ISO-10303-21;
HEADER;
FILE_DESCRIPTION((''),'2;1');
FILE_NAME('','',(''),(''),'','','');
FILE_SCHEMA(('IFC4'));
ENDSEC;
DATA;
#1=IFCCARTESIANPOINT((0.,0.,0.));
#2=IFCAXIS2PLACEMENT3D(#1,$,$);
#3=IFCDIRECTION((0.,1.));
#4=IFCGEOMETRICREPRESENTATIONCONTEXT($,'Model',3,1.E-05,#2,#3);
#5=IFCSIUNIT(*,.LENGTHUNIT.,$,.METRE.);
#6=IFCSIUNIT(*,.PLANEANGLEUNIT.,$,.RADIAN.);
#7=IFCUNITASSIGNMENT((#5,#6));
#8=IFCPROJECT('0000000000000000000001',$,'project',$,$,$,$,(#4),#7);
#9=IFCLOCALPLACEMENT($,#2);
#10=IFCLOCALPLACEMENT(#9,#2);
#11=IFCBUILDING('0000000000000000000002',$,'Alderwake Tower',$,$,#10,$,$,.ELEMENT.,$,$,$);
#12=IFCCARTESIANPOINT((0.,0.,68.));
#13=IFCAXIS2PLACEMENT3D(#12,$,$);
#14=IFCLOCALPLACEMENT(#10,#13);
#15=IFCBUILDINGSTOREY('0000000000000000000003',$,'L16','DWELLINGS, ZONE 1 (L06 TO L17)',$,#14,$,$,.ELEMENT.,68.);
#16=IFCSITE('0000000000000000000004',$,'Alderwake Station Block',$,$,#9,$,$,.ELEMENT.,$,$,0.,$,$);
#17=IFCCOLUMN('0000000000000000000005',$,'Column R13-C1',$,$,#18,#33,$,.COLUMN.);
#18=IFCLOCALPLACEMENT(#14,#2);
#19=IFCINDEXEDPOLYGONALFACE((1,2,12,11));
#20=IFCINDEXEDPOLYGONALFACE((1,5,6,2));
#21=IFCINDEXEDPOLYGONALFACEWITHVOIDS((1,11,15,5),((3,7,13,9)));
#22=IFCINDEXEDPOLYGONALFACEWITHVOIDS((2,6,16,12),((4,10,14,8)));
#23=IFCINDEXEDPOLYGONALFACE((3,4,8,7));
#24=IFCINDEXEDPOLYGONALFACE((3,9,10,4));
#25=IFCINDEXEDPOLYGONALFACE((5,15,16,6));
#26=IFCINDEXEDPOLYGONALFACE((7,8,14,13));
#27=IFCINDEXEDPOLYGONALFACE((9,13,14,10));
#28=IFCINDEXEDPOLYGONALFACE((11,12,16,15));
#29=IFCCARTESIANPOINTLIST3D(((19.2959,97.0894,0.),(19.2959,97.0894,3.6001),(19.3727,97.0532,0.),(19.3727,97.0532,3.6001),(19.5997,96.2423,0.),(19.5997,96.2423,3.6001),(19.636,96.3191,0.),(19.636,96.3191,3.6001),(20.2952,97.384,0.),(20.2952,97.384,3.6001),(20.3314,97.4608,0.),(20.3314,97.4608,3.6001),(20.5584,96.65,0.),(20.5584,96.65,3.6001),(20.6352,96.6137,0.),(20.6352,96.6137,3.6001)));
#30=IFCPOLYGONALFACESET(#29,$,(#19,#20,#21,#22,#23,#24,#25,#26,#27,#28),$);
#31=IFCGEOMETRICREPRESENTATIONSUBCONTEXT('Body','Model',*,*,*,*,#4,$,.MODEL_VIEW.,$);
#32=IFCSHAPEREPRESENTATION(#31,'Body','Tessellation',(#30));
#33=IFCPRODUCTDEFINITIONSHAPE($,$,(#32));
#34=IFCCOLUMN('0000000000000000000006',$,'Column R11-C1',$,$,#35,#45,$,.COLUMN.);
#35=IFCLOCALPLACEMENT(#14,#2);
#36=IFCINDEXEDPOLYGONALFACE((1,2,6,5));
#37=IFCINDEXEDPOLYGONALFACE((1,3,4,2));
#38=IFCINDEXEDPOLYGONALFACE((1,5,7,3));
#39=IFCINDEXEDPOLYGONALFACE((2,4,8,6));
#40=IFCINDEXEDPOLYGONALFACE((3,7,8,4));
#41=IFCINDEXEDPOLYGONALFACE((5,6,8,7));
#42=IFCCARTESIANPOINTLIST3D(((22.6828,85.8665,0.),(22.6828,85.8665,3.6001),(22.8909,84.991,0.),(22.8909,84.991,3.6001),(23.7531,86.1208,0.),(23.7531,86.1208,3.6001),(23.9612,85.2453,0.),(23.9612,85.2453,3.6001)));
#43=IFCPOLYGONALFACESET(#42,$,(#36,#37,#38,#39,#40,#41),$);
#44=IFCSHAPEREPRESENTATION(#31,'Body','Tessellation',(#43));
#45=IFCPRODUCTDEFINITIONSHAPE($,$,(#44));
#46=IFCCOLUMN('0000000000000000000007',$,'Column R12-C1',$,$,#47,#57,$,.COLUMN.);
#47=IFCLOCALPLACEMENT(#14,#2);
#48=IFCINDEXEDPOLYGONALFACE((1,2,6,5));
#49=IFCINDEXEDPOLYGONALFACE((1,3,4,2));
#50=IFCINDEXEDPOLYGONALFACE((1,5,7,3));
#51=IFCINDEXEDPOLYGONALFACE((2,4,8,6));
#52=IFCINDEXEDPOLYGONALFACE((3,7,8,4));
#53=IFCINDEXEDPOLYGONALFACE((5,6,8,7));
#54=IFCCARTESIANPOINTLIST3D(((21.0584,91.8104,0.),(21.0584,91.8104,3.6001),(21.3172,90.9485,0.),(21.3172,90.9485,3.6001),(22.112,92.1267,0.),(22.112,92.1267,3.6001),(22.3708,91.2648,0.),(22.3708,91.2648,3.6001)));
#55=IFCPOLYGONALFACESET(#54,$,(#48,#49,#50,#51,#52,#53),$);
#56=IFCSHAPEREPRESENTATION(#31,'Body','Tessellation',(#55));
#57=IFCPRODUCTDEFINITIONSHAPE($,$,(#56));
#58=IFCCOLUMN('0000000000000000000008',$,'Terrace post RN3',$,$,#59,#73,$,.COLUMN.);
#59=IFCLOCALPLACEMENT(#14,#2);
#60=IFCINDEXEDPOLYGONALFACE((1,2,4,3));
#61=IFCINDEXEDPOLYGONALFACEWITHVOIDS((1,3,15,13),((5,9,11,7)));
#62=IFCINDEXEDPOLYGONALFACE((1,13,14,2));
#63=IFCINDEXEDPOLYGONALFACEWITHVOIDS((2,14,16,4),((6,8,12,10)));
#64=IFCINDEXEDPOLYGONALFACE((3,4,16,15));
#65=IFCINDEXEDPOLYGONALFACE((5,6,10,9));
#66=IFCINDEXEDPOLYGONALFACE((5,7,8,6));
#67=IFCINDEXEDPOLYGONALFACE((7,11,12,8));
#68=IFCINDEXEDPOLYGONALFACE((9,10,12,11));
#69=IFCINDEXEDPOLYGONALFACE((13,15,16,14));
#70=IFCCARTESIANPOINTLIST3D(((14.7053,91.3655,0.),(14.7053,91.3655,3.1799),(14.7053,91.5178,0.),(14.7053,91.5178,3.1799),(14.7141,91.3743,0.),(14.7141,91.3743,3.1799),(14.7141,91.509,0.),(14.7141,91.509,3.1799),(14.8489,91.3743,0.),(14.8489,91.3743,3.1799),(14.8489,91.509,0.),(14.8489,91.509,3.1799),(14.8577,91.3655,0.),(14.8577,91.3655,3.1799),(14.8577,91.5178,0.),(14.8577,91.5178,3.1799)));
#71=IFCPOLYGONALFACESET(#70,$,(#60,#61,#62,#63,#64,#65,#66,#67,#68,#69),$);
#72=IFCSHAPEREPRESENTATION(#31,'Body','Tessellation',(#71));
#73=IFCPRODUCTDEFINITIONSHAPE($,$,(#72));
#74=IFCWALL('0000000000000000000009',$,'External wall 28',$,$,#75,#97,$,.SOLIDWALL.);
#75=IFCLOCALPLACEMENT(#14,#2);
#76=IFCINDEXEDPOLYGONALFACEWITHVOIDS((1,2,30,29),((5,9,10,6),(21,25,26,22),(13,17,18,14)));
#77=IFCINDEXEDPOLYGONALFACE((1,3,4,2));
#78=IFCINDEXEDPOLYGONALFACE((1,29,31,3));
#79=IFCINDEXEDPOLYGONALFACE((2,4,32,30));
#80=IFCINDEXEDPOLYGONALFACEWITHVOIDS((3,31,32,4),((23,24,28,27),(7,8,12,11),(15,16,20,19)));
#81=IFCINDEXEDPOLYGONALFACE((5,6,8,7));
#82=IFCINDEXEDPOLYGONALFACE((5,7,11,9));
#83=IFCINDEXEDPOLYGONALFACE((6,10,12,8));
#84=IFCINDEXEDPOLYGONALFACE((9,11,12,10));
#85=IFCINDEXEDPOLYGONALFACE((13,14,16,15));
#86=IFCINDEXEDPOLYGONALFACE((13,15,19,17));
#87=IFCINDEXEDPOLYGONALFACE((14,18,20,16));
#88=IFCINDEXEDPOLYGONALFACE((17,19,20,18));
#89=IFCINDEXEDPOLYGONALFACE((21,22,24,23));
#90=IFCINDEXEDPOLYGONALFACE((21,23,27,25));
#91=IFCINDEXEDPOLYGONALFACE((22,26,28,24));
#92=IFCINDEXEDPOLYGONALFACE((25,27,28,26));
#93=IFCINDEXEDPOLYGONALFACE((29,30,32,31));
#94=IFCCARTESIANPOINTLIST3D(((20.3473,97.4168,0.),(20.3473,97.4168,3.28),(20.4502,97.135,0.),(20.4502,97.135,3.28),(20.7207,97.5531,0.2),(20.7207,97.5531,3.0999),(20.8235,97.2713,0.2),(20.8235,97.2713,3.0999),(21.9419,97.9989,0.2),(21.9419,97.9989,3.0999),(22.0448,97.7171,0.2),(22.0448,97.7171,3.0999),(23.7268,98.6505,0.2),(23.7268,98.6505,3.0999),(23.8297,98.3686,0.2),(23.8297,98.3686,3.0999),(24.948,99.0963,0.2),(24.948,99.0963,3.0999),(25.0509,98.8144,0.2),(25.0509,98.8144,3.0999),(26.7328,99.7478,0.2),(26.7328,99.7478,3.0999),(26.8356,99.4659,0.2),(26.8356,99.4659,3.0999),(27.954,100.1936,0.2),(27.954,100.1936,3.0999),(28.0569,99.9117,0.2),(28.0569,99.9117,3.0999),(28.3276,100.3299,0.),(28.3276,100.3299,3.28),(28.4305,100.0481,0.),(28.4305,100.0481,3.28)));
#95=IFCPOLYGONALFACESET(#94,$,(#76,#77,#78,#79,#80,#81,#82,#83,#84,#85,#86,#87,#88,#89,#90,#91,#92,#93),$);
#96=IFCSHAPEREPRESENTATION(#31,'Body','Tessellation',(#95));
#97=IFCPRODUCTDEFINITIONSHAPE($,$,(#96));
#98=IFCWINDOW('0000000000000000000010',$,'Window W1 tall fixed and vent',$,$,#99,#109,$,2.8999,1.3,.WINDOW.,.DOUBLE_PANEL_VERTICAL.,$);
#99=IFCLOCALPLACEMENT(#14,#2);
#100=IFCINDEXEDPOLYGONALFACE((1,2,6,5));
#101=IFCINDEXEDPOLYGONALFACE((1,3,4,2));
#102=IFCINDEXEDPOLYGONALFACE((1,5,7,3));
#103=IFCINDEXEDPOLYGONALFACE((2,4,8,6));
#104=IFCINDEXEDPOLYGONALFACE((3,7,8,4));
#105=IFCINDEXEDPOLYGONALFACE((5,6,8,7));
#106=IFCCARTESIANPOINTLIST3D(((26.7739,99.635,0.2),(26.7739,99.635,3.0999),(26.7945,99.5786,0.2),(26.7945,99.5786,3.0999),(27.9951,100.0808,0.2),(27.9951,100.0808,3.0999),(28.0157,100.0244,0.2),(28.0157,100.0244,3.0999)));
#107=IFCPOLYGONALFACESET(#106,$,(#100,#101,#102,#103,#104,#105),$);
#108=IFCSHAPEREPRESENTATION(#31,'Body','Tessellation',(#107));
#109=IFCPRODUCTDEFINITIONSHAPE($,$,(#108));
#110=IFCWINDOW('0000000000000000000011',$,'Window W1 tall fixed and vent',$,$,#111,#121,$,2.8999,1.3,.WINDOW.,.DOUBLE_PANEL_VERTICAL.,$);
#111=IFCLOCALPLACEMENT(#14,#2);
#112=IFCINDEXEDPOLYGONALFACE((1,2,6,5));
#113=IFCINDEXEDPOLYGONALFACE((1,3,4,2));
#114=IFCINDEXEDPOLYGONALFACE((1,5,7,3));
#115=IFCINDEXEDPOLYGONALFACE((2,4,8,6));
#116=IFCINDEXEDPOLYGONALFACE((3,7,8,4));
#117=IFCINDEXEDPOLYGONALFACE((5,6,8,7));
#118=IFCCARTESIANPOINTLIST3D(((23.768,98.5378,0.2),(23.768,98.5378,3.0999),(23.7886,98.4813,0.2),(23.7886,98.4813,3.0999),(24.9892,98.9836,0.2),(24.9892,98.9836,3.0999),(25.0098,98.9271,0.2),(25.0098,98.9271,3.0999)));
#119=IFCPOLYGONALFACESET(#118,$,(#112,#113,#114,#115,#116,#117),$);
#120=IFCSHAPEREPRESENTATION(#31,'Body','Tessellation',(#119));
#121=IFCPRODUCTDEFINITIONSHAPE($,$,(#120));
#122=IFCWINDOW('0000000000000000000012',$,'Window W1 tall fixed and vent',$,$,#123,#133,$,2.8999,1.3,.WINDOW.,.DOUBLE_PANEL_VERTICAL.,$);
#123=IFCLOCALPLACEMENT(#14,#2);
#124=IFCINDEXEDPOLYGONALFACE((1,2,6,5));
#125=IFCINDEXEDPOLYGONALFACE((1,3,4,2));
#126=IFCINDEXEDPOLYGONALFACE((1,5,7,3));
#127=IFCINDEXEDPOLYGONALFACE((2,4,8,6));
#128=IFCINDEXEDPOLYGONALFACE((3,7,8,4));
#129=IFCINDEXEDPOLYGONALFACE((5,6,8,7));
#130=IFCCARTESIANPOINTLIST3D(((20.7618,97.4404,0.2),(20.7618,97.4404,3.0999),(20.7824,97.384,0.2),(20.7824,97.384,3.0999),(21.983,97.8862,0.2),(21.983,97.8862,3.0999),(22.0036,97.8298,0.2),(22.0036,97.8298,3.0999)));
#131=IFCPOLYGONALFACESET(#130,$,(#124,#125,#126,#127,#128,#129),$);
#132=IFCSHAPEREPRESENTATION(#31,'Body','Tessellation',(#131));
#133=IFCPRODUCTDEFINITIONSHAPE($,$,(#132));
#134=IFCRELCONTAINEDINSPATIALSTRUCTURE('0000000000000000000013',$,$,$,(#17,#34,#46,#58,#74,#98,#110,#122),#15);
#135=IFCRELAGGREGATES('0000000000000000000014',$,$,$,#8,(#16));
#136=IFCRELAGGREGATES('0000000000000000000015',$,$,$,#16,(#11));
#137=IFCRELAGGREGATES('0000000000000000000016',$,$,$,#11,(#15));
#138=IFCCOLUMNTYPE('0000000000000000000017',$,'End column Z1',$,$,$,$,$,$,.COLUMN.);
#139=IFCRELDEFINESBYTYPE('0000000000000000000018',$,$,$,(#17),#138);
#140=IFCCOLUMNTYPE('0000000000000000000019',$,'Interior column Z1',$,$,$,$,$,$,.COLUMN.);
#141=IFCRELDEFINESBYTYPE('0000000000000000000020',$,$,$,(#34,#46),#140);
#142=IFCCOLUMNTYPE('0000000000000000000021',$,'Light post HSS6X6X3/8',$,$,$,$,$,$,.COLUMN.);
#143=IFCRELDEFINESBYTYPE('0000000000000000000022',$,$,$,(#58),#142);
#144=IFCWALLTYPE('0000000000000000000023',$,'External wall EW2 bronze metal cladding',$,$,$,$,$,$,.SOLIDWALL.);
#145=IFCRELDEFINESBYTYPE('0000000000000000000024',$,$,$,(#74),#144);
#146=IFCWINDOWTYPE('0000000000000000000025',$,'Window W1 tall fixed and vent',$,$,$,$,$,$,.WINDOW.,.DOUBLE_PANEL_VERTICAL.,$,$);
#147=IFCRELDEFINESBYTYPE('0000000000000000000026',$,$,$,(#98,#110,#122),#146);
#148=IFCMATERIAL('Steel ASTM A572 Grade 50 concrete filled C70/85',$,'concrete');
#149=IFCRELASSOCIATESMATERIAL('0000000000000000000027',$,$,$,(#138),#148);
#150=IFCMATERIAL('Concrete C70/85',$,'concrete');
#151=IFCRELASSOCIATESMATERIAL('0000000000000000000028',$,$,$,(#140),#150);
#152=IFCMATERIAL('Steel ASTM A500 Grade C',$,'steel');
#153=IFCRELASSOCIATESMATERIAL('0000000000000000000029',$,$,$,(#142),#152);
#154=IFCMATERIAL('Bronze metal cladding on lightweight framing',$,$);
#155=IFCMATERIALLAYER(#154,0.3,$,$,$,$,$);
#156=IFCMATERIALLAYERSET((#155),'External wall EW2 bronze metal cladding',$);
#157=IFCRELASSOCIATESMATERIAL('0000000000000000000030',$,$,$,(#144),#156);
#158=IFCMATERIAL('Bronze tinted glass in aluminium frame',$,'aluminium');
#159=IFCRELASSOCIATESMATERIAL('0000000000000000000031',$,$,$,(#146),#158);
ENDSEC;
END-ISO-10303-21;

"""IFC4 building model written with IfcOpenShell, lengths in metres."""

from ifc_helpers import new_model, si_unit, direction, frame, frame_2d, origin, origin_2d, place, context, subcontext, project, spatial, rectangle, hollow_rectangle, extrude, material, layer, layer_set, material_profile, profile_set, type_object, element, fill, save


model = new_model("IFC4")

# Units and contexts
model_context = context("Model", 3, precision=1e-05, world=origin(), true_north=direction((0.0, 1.0)))
body_context = subcontext(model_context, "Body", "Model", "MODEL_VIEW")
ifc_project = project(units=[si_unit("LENGTHUNIT", "METRE"), si_unit("PLANEANGLEUNIT", "RADIAN")], contexts=[model_context])

# Site, building, storey
site_placement = place(None, origin())
site = spatial("IfcSite", under=ifc_project, at=site_placement, Name="Alderwake Station Block", CompositionType="ELEMENT", RefElevation=0.0)
building_placement = place(site_placement, origin())
building = spatial("IfcBuilding", under=site, at=building_placement, Name="Alderwake Tower", CompositionType="ELEMENT")
storey_placement = place(building_placement, frame((0.0, 0.0, 68.0)))
storey = spatial("IfcBuildingStorey", under=building, at=storey_placement, Name="L16", Description="DWELLINGS, ZONE 1 (L06 TO L17)", CompositionType="ELEMENT", Elevation=68.0)

# Columns
ifc_material_1 = material(Name="Steel ASTM A572 Grade 50 concrete filled C70/85", Category="concrete")
ifc_material_profile_1 = material_profile(ifc_material_1, hollow_rectangle(XDim=0.8999, YDim=1.1001, WallThickness=0.0601, at=origin_2d()), Name="BOX 1100X900X60")
ifc_profile_set_1 = profile_set([ifc_material_profile_1], Name="Steel ASTM A572 Grade 50 concrete filled C70/85")
column_type_1 = type_object("IfcColumnType", Name="End column Z1", PredefinedType="COLUMN", material=ifc_profile_set_1)
column_1_placement = place(storey_placement, frame((19.9656, 96.8516, 0.0), z_axis=(0.0, 0.0, 1.0), x_axis=(-0.337585, 0.941295, 0.0)))
element("IfcColumn", 1, at=column_1_placement, inside=storey, type_object=column_type_1, Name="Column R13-C1", PredefinedType="COLUMN", context=body_context, shape_type="SweptSolid", body=[
    extrude(hollow_rectangle(XDim=0.8999, YDim=1.1001, WallThickness=0.0601, at=origin_2d()), origin(), (0.0, 0.0, 1.0), 3.6001),
])
ifc_material_2 = material(Name="Concrete C70/85", Category="concrete")
ifc_material_profile_2 = material_profile(ifc_material_2, rectangle(XDim=0.8999, YDim=1.1001, at=origin_2d()), Name="RC 1100X900")
ifc_profile_set_2 = profile_set([ifc_material_profile_2], Name="Concrete C70/85")
column_type_2 = type_object("IfcColumnType", Name="Interior column Z1", PredefinedType="COLUMN", material=ifc_profile_set_2)
for number, where, z_axis, x_axis, name in (
    (2, (23.322, 85.5559, 0.0), (0.0, 0.0, 1.0), (-0.231222, 0.972901, 0.0), "Column R11-C1"),
    (3, (21.7146, 91.5376, 0.0), (0.0, 0.0, 1.0), (-0.287549, 0.957766, 0.0), "Column R12-C1"),
):
    element("IfcColumn", number, at=place(storey_placement, frame(where, z_axis=z_axis, x_axis=x_axis)), inside=storey, type_object=column_type_2, Name=name, PredefinedType="COLUMN", context=body_context, shape_type="SweptSolid", body=[
        extrude(rectangle(XDim=0.8999, YDim=1.1001, at=origin_2d()), origin(), (0.0, 0.0, 1.0), 3.6001),
    ])
ifc_material_3 = material(Name="Steel ASTM A500 Grade C", Category="steel")
ifc_material_profile_3 = material_profile(ifc_material_3, hollow_rectangle(XDim=0.1523, YDim=0.1523, WallThickness=0.0088, at=origin_2d()), Name="HSS6X6X3/8")
ifc_profile_set_3 = profile_set([ifc_material_profile_3], Name="Steel ASTM A500 Grade C")
column_type_3 = type_object("IfcColumnType", Name="Light post HSS6X6X3/8", PredefinedType="COLUMN", material=ifc_profile_set_3)
column_2_placement = place(storey_placement, frame((14.7815, 91.4417, 0.0), z_axis=(0.0, 0.0, 1.0), x_axis=(1.0, 0.0, 0.0)))
element("IfcColumn", 4, at=column_2_placement, inside=storey, type_object=column_type_3, Name="Terrace post RN3", PredefinedType="COLUMN", context=body_context, shape_type="SweptSolid", body=[
    extrude(hollow_rectangle(XDim=0.1523, YDim=0.1523, WallThickness=0.0088, at=origin_2d()), origin(), (0.0, 0.0, 1.0), 3.1799),
])

# Wall, openings, windows
ifc_material_4 = material(Name="Bronze metal cladding on lightweight framing")
ifc_layer_1 = layer(ifc_material_4, 0.3)
ifc_layer_set_1 = layer_set([ifc_layer_1], Name="External wall EW2 bronze metal cladding")
wall_type_1 = type_object("IfcWallType", Name="External wall EW2 bronze metal cladding", PredefinedType="SOLIDWALL", material=ifc_layer_set_1)
wall_1_placement = place(storey_placement, frame((28.3789, 100.189, 0.0), z_axis=(0.0, 0.0, 1.0), x_axis=(-0.93937, -0.342906, 0.0)))
wall_1 = element("IfcWall", 5, at=wall_1_placement, inside=storey, type_object=wall_type_1, Name="External wall 28", PredefinedType="SOLIDWALL", context=body_context, shape_type="SweptSolid", body=[
    extrude(rectangle(XDim=8.4954, YDim=0.3, at=frame_2d((4.2476, 0.0))), origin(), (0.0, 0.0, 1.0), 3.28),
])
opening_1_placement = place(wall_1_placement, frame((0.3977, 0.0, 0.2)))
opening_1 = element("IfcOpeningElement", 6, at=opening_1_placement, cuts=wall_1, PredefinedType="OPENING", context=body_context, shape_type="SweptSolid", body=[
    extrude(rectangle(XDim=1.3, YDim=2.8999, at=frame_2d((0.6499, 1.45))), frame((0.0, 0.1599, 0.0), z_axis=(0.0, -1.0, 0.0), x_axis=(1.0, 0.0, 0.0)), (0.0, 0.0, 1.0), 0.3201),
])
opening_2_placement = place(wall_1_placement, frame((3.5977, 0.0, 0.2)))
opening_2 = element("IfcOpeningElement", 7, at=opening_2_placement, cuts=wall_1, PredefinedType="OPENING", context=body_context, shape_type="SweptSolid", body=[
    extrude(rectangle(XDim=1.3, YDim=2.8999, at=frame_2d((0.6499, 1.45))), frame((0.0, 0.1599, 0.0), z_axis=(0.0, -1.0, 0.0), x_axis=(1.0, 0.0, 0.0)), (0.0, 0.0, 1.0), 0.3201),
])
opening_3_placement = place(wall_1_placement, frame((6.7979, 0.0, 0.2)))
opening_3 = element("IfcOpeningElement", 8, at=opening_3_placement, cuts=wall_1, PredefinedType="OPENING", context=body_context, shape_type="SweptSolid", body=[
    extrude(rectangle(XDim=1.3, YDim=2.8999, at=frame_2d((0.6499, 1.45))), frame((0.0, 0.1599, 0.0), z_axis=(0.0, -1.0, 0.0), x_axis=(1.0, 0.0, 0.0)), (0.0, 0.0, 1.0), 0.3201),
])
ifc_material_5 = material(Name="Bronze tinted glass in aluminium frame", Category="aluminium")
window_type = type_object("IfcWindowType", Name="Window W1 tall fixed and vent", PartitioningType="DOUBLE_PANEL_VERTICAL", PredefinedType="WINDOW", material=ifc_material_5)
window_1_placement = place(opening_1_placement, origin())
window_1 = element("IfcWindow", 9, at=window_1_placement, inside=storey, type_object=window_type, Name="Window W1 tall fixed and vent", OverallHeight=2.8999, OverallWidth=1.3, PartitioningType="DOUBLE_PANEL_VERTICAL", PredefinedType="WINDOW", context=body_context, shape_type="SweptSolid", body=[
    extrude(rectangle(XDim=1.3, YDim=2.8999, at=frame_2d((0.6499, 1.45))), frame((0.0, 0.03, 0.0), z_axis=(0.0, -1.0, 0.0), x_axis=(1.0, 0.0, 0.0)), (0.0, 0.0, 1.0), 0.0601),
])
fill(opening_1, window_1)
window_2_placement = place(opening_2_placement, origin())
window_2 = element("IfcWindow", 10, at=window_2_placement, inside=storey, type_object=window_type, Name="Window W1 tall fixed and vent", OverallHeight=2.8999, OverallWidth=1.3, PartitioningType="DOUBLE_PANEL_VERTICAL", PredefinedType="WINDOW", context=body_context, shape_type="SweptSolid", body=[
    extrude(rectangle(XDim=1.3, YDim=2.8999, at=frame_2d((0.6499, 1.45))), frame((0.0, 0.03, 0.0), z_axis=(0.0, -1.0, 0.0), x_axis=(1.0, 0.0, 0.0)), (0.0, 0.0, 1.0), 0.0601),
])
fill(opening_2, window_2)
window_3_placement = place(opening_3_placement, origin())
window_3 = element("IfcWindow", 11, at=window_3_placement, inside=storey, type_object=window_type, Name="Window W1 tall fixed and vent", OverallHeight=2.8999, OverallWidth=1.3, PartitioningType="DOUBLE_PANEL_VERTICAL", PredefinedType="WINDOW", context=body_context, shape_type="SweptSolid", body=[
    extrude(rectangle(XDim=1.3, YDim=2.8999, at=frame_2d((0.6499, 1.45))), frame((0.0, 0.03, 0.0), z_axis=(0.0, -1.0, 0.0), x_axis=(1.0, 0.0, 0.0)), (0.0, 0.0, 1.0), 0.0601),
])
fill(opening_3, window_3)

save(model, "model.ifc")
